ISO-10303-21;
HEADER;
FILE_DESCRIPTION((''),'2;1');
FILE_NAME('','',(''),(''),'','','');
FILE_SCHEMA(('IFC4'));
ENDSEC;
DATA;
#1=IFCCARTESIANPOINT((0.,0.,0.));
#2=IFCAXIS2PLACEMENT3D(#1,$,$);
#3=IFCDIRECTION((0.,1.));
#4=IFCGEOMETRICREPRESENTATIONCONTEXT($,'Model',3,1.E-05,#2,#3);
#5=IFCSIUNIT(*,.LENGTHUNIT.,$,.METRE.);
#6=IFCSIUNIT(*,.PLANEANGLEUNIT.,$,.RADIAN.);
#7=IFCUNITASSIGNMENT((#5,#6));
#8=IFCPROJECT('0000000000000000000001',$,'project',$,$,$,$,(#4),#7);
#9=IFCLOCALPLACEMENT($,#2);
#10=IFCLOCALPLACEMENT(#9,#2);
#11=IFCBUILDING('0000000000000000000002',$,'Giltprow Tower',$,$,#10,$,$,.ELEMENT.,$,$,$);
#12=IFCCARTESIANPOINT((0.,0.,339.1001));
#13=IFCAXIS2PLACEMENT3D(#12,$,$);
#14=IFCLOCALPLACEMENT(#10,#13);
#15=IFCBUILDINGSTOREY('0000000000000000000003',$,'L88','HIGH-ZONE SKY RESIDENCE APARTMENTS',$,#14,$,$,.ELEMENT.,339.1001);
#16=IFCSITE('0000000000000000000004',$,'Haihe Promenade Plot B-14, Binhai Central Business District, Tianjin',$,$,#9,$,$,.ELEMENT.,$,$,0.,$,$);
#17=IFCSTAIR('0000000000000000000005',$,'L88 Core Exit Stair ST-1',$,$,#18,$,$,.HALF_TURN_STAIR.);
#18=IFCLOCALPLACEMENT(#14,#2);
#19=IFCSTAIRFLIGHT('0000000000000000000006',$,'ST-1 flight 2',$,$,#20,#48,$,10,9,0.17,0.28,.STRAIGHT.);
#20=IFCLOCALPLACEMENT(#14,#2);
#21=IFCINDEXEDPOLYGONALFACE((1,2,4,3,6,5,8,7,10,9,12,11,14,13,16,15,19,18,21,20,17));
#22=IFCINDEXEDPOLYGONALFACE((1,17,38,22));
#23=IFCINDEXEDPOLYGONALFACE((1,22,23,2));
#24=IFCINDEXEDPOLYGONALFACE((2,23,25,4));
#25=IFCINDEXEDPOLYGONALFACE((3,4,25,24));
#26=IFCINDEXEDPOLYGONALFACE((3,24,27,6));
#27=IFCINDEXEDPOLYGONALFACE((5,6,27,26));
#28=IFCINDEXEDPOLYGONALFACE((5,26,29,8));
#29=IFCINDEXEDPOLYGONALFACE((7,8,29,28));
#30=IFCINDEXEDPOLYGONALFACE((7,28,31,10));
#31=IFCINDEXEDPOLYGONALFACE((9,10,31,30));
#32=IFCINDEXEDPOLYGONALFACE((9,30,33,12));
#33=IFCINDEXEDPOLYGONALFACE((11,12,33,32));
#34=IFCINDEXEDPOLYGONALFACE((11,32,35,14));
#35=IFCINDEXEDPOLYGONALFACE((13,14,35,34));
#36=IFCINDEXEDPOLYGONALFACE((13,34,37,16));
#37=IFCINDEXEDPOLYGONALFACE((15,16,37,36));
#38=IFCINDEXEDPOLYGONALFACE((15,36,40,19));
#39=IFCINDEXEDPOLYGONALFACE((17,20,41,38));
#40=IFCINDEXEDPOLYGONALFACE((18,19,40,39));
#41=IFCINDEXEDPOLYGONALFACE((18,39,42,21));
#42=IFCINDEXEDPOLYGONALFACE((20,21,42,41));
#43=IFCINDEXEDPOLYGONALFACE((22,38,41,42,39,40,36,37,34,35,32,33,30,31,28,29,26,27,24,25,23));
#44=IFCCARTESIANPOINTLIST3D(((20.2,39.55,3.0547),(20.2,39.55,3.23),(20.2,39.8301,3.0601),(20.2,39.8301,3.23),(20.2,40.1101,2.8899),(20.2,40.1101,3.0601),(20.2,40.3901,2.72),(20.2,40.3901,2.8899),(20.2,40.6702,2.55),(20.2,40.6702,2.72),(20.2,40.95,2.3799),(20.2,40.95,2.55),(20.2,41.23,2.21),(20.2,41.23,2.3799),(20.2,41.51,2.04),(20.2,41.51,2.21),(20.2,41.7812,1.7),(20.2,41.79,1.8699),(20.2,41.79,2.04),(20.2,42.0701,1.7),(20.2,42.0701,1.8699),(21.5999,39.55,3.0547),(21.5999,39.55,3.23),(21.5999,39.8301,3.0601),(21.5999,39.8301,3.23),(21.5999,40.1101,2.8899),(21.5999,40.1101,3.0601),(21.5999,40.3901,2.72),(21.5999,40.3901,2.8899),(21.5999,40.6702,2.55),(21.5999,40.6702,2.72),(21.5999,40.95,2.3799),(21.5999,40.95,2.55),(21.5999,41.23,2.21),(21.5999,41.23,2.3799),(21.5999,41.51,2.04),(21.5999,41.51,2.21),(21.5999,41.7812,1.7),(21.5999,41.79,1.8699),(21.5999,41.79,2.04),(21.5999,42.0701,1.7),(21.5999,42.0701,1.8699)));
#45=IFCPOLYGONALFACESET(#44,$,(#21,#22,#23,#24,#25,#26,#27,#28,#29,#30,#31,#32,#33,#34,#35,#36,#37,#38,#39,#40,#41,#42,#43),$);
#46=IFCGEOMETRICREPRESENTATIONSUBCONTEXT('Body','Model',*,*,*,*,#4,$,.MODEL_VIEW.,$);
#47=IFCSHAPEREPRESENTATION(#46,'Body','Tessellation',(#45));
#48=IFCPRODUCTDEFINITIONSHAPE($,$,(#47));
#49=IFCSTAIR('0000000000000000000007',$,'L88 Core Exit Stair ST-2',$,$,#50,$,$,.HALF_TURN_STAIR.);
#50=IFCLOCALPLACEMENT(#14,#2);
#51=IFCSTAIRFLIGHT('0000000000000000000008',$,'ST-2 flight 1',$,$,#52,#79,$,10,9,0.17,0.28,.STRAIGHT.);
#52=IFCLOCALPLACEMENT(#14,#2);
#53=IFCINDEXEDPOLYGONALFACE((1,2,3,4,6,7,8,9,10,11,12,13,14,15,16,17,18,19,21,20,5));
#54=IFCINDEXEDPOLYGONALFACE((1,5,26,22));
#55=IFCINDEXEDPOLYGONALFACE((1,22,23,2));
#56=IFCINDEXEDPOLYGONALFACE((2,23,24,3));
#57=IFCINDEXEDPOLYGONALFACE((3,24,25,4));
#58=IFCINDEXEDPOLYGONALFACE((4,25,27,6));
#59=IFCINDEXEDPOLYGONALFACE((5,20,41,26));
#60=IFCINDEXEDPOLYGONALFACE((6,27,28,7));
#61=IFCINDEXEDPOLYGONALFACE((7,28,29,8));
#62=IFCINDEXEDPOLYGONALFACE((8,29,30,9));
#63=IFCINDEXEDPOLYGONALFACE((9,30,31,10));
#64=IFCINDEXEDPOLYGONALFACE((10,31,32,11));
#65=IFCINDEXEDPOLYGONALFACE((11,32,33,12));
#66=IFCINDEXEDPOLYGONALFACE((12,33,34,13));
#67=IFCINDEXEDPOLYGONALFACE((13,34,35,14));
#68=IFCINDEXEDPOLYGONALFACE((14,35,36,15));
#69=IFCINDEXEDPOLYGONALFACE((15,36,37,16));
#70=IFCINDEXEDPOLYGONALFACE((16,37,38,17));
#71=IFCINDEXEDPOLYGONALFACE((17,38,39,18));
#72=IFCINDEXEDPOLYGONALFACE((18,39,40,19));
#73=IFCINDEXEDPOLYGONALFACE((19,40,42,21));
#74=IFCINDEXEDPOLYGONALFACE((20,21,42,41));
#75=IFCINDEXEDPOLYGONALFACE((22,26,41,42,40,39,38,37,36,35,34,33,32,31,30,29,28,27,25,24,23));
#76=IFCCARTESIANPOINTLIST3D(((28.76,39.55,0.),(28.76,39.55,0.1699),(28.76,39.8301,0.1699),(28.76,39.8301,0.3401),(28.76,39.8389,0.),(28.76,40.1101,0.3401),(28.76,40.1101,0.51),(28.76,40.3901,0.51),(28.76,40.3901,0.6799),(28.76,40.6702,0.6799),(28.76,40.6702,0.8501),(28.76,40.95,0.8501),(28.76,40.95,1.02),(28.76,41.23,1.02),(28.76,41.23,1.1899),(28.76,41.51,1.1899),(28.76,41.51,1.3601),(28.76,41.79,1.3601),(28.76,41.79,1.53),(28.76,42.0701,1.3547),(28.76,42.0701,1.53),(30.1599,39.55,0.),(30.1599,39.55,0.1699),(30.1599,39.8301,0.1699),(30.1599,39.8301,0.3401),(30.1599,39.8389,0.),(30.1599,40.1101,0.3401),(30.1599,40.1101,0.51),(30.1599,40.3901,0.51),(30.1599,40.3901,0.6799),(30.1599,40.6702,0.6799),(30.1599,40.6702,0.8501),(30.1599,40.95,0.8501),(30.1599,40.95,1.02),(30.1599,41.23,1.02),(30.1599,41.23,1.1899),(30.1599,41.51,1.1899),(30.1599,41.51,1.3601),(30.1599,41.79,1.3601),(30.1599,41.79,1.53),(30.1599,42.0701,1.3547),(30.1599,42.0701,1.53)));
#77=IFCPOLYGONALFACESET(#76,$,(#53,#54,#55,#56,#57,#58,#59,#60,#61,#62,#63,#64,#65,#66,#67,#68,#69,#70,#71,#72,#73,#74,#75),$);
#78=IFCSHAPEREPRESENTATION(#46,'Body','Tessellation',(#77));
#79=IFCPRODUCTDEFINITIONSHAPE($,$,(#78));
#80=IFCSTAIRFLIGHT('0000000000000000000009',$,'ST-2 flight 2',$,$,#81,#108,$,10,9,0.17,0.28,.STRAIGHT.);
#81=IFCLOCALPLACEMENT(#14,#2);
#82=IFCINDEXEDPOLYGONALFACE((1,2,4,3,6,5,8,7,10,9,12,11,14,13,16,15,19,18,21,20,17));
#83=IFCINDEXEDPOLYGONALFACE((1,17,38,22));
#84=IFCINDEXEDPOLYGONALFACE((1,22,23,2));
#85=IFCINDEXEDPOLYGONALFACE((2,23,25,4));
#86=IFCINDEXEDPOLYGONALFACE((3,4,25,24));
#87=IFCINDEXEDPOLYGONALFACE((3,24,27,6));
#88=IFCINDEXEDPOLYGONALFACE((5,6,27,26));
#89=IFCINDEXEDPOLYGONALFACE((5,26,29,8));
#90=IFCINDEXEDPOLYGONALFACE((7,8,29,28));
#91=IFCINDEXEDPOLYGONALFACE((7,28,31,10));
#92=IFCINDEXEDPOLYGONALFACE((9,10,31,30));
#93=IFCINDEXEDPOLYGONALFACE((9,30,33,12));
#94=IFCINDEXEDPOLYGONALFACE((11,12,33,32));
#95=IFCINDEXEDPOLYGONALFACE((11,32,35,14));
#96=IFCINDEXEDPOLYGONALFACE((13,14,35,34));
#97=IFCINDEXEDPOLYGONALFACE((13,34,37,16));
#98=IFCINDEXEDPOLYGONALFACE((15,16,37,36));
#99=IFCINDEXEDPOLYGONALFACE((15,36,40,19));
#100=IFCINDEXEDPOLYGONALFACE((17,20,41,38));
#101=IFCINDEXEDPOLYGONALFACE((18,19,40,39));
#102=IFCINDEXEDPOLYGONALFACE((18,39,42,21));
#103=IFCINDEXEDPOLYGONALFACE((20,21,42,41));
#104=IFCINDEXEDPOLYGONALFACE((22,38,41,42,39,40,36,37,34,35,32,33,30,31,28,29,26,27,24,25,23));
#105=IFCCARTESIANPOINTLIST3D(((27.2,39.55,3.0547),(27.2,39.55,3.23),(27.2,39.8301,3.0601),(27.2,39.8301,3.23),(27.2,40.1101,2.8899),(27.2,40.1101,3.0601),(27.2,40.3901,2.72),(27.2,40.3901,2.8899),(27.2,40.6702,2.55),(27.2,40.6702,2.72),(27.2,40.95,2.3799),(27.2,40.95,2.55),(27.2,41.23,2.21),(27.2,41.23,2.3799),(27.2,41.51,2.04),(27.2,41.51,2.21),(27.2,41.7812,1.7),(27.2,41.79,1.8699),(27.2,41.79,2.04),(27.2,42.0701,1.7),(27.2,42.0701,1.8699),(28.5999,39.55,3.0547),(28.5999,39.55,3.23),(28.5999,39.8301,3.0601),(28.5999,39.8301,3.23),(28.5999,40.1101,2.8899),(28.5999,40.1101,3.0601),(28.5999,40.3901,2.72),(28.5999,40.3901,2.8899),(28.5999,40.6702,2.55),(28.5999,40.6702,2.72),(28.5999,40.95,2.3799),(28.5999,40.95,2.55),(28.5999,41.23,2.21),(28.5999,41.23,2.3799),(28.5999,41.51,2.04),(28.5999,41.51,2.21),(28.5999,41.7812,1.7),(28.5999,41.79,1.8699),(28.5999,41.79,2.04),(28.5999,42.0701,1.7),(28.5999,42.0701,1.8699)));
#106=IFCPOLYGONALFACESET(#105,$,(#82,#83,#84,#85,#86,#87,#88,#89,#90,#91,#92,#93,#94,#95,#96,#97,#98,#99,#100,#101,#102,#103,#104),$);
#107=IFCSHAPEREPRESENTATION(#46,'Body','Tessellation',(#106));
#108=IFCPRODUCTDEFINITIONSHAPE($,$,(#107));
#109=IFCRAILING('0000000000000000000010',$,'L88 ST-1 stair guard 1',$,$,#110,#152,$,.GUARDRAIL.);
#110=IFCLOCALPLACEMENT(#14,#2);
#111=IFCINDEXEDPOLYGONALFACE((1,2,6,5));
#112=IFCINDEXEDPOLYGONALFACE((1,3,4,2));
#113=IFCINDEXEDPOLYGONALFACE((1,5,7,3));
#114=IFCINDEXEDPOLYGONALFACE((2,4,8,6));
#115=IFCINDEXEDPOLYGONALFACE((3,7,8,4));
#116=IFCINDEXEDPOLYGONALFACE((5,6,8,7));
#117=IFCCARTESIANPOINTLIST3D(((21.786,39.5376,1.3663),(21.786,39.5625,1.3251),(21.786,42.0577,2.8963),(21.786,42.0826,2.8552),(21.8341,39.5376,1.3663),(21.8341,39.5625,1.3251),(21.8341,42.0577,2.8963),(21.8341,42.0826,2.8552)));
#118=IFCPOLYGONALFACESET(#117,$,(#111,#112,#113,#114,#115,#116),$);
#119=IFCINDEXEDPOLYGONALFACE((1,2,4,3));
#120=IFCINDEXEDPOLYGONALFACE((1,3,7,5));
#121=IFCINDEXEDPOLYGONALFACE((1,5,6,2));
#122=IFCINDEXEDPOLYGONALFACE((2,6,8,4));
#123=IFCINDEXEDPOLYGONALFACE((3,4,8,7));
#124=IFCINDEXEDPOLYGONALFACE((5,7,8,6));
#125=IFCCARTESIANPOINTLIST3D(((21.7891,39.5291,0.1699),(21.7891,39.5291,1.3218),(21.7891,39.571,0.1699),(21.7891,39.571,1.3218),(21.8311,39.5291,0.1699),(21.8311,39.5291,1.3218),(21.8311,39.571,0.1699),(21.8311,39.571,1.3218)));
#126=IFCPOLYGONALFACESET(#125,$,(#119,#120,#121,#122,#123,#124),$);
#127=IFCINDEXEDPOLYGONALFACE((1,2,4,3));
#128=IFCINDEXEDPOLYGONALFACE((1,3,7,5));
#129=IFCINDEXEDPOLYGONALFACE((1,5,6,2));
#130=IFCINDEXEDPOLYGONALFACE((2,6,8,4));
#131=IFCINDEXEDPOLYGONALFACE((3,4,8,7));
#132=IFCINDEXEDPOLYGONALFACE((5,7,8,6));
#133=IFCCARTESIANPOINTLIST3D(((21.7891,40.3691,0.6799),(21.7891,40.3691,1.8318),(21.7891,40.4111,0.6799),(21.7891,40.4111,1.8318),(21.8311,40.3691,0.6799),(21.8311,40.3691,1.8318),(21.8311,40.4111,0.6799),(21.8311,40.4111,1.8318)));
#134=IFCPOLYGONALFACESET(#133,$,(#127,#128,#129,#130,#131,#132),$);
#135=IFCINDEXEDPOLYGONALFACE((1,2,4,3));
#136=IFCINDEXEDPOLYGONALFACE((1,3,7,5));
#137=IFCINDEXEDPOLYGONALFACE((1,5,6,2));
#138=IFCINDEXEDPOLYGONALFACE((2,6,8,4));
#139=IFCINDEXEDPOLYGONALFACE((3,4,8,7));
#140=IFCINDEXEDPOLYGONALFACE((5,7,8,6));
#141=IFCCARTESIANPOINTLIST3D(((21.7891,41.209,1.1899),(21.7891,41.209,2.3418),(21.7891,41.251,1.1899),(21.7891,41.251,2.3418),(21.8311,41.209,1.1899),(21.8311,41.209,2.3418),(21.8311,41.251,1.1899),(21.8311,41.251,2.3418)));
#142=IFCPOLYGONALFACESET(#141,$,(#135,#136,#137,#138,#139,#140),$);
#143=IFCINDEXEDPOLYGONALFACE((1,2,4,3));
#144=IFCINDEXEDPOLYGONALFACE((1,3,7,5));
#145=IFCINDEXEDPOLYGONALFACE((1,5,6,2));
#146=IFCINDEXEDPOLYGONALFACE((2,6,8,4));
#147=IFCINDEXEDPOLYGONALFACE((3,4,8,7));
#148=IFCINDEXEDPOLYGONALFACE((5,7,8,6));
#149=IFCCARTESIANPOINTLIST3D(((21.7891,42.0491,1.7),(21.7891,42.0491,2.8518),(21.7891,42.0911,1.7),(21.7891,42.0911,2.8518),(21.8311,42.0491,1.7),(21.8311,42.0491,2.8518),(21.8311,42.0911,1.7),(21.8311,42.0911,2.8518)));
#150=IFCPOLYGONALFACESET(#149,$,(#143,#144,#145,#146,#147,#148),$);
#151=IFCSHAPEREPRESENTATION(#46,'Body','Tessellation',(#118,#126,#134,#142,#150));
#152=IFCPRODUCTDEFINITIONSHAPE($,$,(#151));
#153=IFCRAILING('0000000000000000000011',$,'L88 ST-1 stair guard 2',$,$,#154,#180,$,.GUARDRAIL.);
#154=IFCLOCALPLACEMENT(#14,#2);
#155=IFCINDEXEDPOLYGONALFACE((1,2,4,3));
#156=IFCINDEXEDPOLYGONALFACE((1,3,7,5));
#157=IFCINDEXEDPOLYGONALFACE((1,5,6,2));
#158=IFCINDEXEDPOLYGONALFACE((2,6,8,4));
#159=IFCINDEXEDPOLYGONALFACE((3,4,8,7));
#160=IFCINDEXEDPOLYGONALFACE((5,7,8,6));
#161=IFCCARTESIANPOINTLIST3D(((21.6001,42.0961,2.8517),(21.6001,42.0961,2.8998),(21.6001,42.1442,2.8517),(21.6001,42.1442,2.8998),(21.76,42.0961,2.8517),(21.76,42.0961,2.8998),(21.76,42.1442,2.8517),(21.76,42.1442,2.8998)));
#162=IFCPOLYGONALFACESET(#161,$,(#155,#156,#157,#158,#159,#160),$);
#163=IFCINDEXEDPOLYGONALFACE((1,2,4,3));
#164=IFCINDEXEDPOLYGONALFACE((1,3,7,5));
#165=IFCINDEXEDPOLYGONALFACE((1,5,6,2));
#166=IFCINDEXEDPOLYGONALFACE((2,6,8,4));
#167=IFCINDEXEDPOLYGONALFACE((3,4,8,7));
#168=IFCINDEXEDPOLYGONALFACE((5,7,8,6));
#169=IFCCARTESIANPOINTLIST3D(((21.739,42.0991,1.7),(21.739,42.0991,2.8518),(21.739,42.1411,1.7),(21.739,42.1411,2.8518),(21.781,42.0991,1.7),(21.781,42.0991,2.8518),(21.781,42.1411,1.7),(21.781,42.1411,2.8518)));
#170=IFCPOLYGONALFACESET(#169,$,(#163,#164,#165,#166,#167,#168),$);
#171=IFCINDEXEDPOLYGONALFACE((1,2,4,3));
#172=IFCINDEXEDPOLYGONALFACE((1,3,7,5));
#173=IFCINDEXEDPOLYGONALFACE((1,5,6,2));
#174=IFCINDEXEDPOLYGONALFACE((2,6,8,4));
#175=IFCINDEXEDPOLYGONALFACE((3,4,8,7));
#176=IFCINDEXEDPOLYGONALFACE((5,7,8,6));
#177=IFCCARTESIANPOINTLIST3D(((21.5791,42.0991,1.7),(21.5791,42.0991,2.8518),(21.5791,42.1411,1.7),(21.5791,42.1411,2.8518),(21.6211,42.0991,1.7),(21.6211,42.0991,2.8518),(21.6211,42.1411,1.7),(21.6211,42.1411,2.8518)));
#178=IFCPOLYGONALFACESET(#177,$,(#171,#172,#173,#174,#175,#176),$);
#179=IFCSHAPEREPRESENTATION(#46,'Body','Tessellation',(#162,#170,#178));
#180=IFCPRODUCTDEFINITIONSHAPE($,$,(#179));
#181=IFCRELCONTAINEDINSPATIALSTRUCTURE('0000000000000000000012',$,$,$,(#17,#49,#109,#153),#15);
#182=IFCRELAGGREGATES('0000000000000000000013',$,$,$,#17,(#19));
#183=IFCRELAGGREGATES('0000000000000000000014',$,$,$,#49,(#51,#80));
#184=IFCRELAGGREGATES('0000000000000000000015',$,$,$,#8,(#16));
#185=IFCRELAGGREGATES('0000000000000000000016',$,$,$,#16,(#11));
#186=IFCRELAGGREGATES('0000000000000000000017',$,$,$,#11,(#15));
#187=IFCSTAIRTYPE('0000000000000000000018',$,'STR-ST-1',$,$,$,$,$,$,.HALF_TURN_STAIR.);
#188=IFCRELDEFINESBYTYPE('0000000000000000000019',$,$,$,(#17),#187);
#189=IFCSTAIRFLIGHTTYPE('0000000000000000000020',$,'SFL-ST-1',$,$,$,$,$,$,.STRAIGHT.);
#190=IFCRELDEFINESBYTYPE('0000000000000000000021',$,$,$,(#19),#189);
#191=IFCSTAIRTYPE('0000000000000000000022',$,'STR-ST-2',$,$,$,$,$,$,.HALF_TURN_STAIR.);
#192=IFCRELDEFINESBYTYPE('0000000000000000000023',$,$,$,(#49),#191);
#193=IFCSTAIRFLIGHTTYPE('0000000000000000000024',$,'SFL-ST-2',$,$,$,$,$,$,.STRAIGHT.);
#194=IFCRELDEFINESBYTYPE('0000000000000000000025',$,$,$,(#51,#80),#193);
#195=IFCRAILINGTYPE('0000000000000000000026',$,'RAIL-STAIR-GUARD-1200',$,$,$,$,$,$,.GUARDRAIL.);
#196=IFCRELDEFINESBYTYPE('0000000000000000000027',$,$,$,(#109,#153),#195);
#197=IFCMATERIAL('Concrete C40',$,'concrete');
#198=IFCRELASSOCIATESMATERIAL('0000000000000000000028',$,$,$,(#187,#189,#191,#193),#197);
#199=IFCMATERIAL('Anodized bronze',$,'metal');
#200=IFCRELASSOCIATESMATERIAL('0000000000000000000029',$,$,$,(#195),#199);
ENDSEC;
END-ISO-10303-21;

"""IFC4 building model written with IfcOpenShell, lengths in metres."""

from ifc_helpers import new_model, si_unit, direction, frame, origin, origin_2d, place, context, subcontext, project, spatial, polyline, rectangle, outline, extrude, material, type_object, element, aggregate, save


model = new_model("IFC4")

# Units and contexts
model_context = context("Model", 3, precision=1e-05, world=origin(), true_north=direction((0.0, 1.0)))
body_context = subcontext(model_context, "Body", "Model", "MODEL_VIEW")
ifc_project = project(units=[si_unit("LENGTHUNIT", "METRE"), si_unit("PLANEANGLEUNIT", "RADIAN")], contexts=[model_context])

# Site, building, storey
site_placement = place(None, origin())
site = spatial("IfcSite", under=ifc_project, at=site_placement, Name="Haihe Promenade Plot B-14, Binhai Central Business District, Tianjin", CompositionType="ELEMENT", RefElevation=0.0)
building_placement = place(site_placement, origin())
building = spatial("IfcBuilding", under=site, at=building_placement, Name="Giltprow Tower", CompositionType="ELEMENT")
storey_placement = place(building_placement, frame((0.0, 0.0, 339.1001)))
storey = spatial("IfcBuildingStorey", under=building, at=storey_placement, Name="L88", Description="HIGH-ZONE SKY RESIDENCE APARTMENTS", CompositionType="ELEMENT", Elevation=339.1001)

# Shared definitions
ifc_material_1 = material(Name="Concrete C40", Category="concrete")

# Stairs, stair flights
stair_type_1 = type_object("IfcStairType", Name="STR-ST-1", PredefinedType="HALF_TURN_STAIR", material=ifc_material_1)
stair_1_placement = place(storey_placement, origin())
stair_1 = element("IfcStair", 1, at=stair_1_placement, inside=storey, type_object=stair_type_1, Name="L88 Core Exit Stair ST-1", PredefinedType="HALF_TURN_STAIR")
stair_flight_type_1 = type_object("IfcStairFlightType", Name="SFL-ST-1", PredefinedType="STRAIGHT", material=ifc_material_1)
stair_flight_1_placement = place(storey_placement, frame((20.8999, 42.0701, 1.7), z_axis=(0.0, 0.0, 1.0), x_axis=(0.0, -1.0, 0.0)))
stair_flight_1 = element("IfcStairFlight", 2, at=stair_flight_1_placement, type_object=stair_flight_type_1, Name="ST-1 flight 2", NumberOfRisers=10, NumberOfTreads=9, PredefinedType="STRAIGHT", RiserHeight=0.17, TreadLength=0.28, context=body_context, shape_type="SweptSolid", body=[
    extrude(outline(polyline([(0.0, 0.0), (0.0, 0.1699), (0.28, 0.1699), (0.28, 0.3401), (0.5601, 0.3401), (0.5601, 0.51), (0.8401, 0.51), (0.8401, 0.6799), (1.1201, 0.6799), (1.1201, 0.8501), (1.3999, 0.8501), (1.3999, 1.02), (1.6799, 1.02), (1.6799, 1.1899), (1.96, 1.1899), (1.96, 1.3601), (2.24, 1.3601), (2.24, 1.53), (2.52, 1.53), (2.52, 1.7), (2.52, 1.3547), (0.2888, 0.0), (0.0, 0.0)])), frame((0.0, 0.7, 0.0), z_axis=(0.0, -1.0, 0.0), x_axis=(1.0, 0.0, 0.0)), (0.0, 0.0, 1.0), 1.3999),
])
aggregate(stair_1, [stair_flight_1])
stair_type_2 = type_object("IfcStairType", Name="STR-ST-2", PredefinedType="HALF_TURN_STAIR", material=ifc_material_1)
stair_2_placement = place(storey_placement, origin())
stair_2 = element("IfcStair", 3, at=stair_2_placement, inside=storey, type_object=stair_type_2, Name="L88 Core Exit Stair ST-2", PredefinedType="HALF_TURN_STAIR")
stair_flight_type_2 = type_object("IfcStairFlightType", Name="SFL-ST-2", PredefinedType="STRAIGHT", material=ifc_material_1)
stair_flight_2_placement = place(storey_placement, frame((29.46, 39.55, 0.0), z_axis=(0.0, 0.0, 1.0), x_axis=(0.0, 1.0, 0.0)))
stair_flight_2 = element("IfcStairFlight", 4, at=stair_flight_2_placement, type_object=stair_flight_type_2, Name="ST-2 flight 1", NumberOfRisers=10, NumberOfTreads=9, PredefinedType="STRAIGHT", RiserHeight=0.17, TreadLength=0.28, context=body_context, shape_type="SweptSolid", body=[
    extrude(outline(polyline([(0.0, 0.0), (0.0, 0.1699), (0.28, 0.1699), (0.28, 0.3401), (0.5601, 0.3401), (0.5601, 0.51), (0.8401, 0.51), (0.8401, 0.6799), (1.1201, 0.6799), (1.1201, 0.8501), (1.3999, 0.8501), (1.3999, 1.02), (1.6799, 1.02), (1.6799, 1.1899), (1.96, 1.1899), (1.96, 1.3601), (2.24, 1.3601), (2.24, 1.53), (2.52, 1.53), (2.52, 1.7), (2.52, 1.3547), (0.2888, 0.0), (0.0, 0.0)])), frame((0.0, 0.7, 0.0), z_axis=(0.0, -1.0, 0.0), x_axis=(1.0, 0.0, 0.0)), (0.0, 0.0, 1.0), 1.3999),
])
stair_flight_3_placement = place(storey_placement, frame((27.8999, 42.0701, 1.7), z_axis=(0.0, 0.0, 1.0), x_axis=(0.0, -1.0, 0.0)))
stair_flight_3 = element("IfcStairFlight", 5, at=stair_flight_3_placement, type_object=stair_flight_type_2, Name="ST-2 flight 2", NumberOfRisers=10, NumberOfTreads=9, PredefinedType="STRAIGHT", RiserHeight=0.17, TreadLength=0.28, context=body_context, shape_type="SweptSolid", body=[
    extrude(outline(polyline([(0.0, 0.0), (0.0, 0.1699), (0.28, 0.1699), (0.28, 0.3401), (0.5601, 0.3401), (0.5601, 0.51), (0.8401, 0.51), (0.8401, 0.6799), (1.1201, 0.6799), (1.1201, 0.8501), (1.3999, 0.8501), (1.3999, 1.02), (1.6799, 1.02), (1.6799, 1.1899), (1.96, 1.1899), (1.96, 1.3601), (2.24, 1.3601), (2.24, 1.53), (2.52, 1.53), (2.52, 1.7), (2.52, 1.3547), (0.2888, 0.0), (0.0, 0.0)])), frame((0.0, 0.7, 0.0), z_axis=(0.0, -1.0, 0.0), x_axis=(1.0, 0.0, 0.0)), (0.0, 0.0, 1.0), 1.3999),
])
aggregate(stair_2, [stair_flight_2, stair_flight_3])

# Railings
ifc_material_2 = material(Name="Anodized bronze", Category="metal")
railing_type_1 = type_object("IfcRailingType", Name="RAIL-STAIR-GUARD-1200", PredefinedType="GUARDRAIL", material=ifc_material_2)
railing_1_placement = place(storey_placement, frame((21.8101, 39.55, 0.1699)))
element("IfcRailing", 6, at=railing_1_placement, inside=storey, type_object=railing_type_1, Name="L88 ST-1 stair guard 1", PredefinedType="GUARDRAIL", context=body_context, shape_type="SweptSolid", body=[
    extrude(rectangle(XDim=0.0481, YDim=0.0481, at=origin_2d()), frame((0.0, 0.0, 1.1758), z_axis=(0.0, 0.854785, 0.518982), x_axis=(-1.0, 0.0, 0.0)), (0.0, 0.0, 1.0), 2.9482),
    extrude(rectangle(XDim=0.042, YDim=0.042, at=origin_2d()), origin(), (0.0, 0.0, 1.0), 1.1519),
    extrude(rectangle(XDim=0.042, YDim=0.042, at=origin_2d()), frame((0.0, 0.8401, 0.51)), (0.0, 0.0, 1.0), 1.1519),
    extrude(rectangle(XDim=0.042, YDim=0.042, at=origin_2d()), frame((0.0, 1.6799, 1.02)), (0.0, 0.0, 1.0), 1.1519),
    extrude(rectangle(XDim=0.042, YDim=0.042, at=origin_2d()), frame((0.0, 2.52, 1.53)), (0.0, 0.0, 1.0), 1.1519),
])
railing_2_placement = place(storey_placement, frame((21.76, 42.1201, 1.7)))
element("IfcRailing", 7, at=railing_2_placement, inside=storey, type_object=railing_type_1, Name="L88 ST-1 stair guard 2", PredefinedType="GUARDRAIL", context=body_context, shape_type="SweptSolid", body=[
    extrude(rectangle(XDim=0.0481, YDim=0.0481, at=origin_2d()), frame((0.0, 0.0, 1.1758), z_axis=(-1.0, 0.0, 0.0), x_axis=(0.0, -1.0, 0.0)), (0.0, 0.0, 1.0), 0.1599),
    extrude(rectangle(XDim=0.042, YDim=0.042, at=origin_2d()), origin(), (0.0, 0.0, 1.0), 1.1519),
    extrude(rectangle(XDim=0.042, YDim=0.042, at=origin_2d()), frame((-0.1599, 0.0, 0.0)), (0.0, 0.0, 1.0), 1.1519),
])

save(model, "model.ifc")
